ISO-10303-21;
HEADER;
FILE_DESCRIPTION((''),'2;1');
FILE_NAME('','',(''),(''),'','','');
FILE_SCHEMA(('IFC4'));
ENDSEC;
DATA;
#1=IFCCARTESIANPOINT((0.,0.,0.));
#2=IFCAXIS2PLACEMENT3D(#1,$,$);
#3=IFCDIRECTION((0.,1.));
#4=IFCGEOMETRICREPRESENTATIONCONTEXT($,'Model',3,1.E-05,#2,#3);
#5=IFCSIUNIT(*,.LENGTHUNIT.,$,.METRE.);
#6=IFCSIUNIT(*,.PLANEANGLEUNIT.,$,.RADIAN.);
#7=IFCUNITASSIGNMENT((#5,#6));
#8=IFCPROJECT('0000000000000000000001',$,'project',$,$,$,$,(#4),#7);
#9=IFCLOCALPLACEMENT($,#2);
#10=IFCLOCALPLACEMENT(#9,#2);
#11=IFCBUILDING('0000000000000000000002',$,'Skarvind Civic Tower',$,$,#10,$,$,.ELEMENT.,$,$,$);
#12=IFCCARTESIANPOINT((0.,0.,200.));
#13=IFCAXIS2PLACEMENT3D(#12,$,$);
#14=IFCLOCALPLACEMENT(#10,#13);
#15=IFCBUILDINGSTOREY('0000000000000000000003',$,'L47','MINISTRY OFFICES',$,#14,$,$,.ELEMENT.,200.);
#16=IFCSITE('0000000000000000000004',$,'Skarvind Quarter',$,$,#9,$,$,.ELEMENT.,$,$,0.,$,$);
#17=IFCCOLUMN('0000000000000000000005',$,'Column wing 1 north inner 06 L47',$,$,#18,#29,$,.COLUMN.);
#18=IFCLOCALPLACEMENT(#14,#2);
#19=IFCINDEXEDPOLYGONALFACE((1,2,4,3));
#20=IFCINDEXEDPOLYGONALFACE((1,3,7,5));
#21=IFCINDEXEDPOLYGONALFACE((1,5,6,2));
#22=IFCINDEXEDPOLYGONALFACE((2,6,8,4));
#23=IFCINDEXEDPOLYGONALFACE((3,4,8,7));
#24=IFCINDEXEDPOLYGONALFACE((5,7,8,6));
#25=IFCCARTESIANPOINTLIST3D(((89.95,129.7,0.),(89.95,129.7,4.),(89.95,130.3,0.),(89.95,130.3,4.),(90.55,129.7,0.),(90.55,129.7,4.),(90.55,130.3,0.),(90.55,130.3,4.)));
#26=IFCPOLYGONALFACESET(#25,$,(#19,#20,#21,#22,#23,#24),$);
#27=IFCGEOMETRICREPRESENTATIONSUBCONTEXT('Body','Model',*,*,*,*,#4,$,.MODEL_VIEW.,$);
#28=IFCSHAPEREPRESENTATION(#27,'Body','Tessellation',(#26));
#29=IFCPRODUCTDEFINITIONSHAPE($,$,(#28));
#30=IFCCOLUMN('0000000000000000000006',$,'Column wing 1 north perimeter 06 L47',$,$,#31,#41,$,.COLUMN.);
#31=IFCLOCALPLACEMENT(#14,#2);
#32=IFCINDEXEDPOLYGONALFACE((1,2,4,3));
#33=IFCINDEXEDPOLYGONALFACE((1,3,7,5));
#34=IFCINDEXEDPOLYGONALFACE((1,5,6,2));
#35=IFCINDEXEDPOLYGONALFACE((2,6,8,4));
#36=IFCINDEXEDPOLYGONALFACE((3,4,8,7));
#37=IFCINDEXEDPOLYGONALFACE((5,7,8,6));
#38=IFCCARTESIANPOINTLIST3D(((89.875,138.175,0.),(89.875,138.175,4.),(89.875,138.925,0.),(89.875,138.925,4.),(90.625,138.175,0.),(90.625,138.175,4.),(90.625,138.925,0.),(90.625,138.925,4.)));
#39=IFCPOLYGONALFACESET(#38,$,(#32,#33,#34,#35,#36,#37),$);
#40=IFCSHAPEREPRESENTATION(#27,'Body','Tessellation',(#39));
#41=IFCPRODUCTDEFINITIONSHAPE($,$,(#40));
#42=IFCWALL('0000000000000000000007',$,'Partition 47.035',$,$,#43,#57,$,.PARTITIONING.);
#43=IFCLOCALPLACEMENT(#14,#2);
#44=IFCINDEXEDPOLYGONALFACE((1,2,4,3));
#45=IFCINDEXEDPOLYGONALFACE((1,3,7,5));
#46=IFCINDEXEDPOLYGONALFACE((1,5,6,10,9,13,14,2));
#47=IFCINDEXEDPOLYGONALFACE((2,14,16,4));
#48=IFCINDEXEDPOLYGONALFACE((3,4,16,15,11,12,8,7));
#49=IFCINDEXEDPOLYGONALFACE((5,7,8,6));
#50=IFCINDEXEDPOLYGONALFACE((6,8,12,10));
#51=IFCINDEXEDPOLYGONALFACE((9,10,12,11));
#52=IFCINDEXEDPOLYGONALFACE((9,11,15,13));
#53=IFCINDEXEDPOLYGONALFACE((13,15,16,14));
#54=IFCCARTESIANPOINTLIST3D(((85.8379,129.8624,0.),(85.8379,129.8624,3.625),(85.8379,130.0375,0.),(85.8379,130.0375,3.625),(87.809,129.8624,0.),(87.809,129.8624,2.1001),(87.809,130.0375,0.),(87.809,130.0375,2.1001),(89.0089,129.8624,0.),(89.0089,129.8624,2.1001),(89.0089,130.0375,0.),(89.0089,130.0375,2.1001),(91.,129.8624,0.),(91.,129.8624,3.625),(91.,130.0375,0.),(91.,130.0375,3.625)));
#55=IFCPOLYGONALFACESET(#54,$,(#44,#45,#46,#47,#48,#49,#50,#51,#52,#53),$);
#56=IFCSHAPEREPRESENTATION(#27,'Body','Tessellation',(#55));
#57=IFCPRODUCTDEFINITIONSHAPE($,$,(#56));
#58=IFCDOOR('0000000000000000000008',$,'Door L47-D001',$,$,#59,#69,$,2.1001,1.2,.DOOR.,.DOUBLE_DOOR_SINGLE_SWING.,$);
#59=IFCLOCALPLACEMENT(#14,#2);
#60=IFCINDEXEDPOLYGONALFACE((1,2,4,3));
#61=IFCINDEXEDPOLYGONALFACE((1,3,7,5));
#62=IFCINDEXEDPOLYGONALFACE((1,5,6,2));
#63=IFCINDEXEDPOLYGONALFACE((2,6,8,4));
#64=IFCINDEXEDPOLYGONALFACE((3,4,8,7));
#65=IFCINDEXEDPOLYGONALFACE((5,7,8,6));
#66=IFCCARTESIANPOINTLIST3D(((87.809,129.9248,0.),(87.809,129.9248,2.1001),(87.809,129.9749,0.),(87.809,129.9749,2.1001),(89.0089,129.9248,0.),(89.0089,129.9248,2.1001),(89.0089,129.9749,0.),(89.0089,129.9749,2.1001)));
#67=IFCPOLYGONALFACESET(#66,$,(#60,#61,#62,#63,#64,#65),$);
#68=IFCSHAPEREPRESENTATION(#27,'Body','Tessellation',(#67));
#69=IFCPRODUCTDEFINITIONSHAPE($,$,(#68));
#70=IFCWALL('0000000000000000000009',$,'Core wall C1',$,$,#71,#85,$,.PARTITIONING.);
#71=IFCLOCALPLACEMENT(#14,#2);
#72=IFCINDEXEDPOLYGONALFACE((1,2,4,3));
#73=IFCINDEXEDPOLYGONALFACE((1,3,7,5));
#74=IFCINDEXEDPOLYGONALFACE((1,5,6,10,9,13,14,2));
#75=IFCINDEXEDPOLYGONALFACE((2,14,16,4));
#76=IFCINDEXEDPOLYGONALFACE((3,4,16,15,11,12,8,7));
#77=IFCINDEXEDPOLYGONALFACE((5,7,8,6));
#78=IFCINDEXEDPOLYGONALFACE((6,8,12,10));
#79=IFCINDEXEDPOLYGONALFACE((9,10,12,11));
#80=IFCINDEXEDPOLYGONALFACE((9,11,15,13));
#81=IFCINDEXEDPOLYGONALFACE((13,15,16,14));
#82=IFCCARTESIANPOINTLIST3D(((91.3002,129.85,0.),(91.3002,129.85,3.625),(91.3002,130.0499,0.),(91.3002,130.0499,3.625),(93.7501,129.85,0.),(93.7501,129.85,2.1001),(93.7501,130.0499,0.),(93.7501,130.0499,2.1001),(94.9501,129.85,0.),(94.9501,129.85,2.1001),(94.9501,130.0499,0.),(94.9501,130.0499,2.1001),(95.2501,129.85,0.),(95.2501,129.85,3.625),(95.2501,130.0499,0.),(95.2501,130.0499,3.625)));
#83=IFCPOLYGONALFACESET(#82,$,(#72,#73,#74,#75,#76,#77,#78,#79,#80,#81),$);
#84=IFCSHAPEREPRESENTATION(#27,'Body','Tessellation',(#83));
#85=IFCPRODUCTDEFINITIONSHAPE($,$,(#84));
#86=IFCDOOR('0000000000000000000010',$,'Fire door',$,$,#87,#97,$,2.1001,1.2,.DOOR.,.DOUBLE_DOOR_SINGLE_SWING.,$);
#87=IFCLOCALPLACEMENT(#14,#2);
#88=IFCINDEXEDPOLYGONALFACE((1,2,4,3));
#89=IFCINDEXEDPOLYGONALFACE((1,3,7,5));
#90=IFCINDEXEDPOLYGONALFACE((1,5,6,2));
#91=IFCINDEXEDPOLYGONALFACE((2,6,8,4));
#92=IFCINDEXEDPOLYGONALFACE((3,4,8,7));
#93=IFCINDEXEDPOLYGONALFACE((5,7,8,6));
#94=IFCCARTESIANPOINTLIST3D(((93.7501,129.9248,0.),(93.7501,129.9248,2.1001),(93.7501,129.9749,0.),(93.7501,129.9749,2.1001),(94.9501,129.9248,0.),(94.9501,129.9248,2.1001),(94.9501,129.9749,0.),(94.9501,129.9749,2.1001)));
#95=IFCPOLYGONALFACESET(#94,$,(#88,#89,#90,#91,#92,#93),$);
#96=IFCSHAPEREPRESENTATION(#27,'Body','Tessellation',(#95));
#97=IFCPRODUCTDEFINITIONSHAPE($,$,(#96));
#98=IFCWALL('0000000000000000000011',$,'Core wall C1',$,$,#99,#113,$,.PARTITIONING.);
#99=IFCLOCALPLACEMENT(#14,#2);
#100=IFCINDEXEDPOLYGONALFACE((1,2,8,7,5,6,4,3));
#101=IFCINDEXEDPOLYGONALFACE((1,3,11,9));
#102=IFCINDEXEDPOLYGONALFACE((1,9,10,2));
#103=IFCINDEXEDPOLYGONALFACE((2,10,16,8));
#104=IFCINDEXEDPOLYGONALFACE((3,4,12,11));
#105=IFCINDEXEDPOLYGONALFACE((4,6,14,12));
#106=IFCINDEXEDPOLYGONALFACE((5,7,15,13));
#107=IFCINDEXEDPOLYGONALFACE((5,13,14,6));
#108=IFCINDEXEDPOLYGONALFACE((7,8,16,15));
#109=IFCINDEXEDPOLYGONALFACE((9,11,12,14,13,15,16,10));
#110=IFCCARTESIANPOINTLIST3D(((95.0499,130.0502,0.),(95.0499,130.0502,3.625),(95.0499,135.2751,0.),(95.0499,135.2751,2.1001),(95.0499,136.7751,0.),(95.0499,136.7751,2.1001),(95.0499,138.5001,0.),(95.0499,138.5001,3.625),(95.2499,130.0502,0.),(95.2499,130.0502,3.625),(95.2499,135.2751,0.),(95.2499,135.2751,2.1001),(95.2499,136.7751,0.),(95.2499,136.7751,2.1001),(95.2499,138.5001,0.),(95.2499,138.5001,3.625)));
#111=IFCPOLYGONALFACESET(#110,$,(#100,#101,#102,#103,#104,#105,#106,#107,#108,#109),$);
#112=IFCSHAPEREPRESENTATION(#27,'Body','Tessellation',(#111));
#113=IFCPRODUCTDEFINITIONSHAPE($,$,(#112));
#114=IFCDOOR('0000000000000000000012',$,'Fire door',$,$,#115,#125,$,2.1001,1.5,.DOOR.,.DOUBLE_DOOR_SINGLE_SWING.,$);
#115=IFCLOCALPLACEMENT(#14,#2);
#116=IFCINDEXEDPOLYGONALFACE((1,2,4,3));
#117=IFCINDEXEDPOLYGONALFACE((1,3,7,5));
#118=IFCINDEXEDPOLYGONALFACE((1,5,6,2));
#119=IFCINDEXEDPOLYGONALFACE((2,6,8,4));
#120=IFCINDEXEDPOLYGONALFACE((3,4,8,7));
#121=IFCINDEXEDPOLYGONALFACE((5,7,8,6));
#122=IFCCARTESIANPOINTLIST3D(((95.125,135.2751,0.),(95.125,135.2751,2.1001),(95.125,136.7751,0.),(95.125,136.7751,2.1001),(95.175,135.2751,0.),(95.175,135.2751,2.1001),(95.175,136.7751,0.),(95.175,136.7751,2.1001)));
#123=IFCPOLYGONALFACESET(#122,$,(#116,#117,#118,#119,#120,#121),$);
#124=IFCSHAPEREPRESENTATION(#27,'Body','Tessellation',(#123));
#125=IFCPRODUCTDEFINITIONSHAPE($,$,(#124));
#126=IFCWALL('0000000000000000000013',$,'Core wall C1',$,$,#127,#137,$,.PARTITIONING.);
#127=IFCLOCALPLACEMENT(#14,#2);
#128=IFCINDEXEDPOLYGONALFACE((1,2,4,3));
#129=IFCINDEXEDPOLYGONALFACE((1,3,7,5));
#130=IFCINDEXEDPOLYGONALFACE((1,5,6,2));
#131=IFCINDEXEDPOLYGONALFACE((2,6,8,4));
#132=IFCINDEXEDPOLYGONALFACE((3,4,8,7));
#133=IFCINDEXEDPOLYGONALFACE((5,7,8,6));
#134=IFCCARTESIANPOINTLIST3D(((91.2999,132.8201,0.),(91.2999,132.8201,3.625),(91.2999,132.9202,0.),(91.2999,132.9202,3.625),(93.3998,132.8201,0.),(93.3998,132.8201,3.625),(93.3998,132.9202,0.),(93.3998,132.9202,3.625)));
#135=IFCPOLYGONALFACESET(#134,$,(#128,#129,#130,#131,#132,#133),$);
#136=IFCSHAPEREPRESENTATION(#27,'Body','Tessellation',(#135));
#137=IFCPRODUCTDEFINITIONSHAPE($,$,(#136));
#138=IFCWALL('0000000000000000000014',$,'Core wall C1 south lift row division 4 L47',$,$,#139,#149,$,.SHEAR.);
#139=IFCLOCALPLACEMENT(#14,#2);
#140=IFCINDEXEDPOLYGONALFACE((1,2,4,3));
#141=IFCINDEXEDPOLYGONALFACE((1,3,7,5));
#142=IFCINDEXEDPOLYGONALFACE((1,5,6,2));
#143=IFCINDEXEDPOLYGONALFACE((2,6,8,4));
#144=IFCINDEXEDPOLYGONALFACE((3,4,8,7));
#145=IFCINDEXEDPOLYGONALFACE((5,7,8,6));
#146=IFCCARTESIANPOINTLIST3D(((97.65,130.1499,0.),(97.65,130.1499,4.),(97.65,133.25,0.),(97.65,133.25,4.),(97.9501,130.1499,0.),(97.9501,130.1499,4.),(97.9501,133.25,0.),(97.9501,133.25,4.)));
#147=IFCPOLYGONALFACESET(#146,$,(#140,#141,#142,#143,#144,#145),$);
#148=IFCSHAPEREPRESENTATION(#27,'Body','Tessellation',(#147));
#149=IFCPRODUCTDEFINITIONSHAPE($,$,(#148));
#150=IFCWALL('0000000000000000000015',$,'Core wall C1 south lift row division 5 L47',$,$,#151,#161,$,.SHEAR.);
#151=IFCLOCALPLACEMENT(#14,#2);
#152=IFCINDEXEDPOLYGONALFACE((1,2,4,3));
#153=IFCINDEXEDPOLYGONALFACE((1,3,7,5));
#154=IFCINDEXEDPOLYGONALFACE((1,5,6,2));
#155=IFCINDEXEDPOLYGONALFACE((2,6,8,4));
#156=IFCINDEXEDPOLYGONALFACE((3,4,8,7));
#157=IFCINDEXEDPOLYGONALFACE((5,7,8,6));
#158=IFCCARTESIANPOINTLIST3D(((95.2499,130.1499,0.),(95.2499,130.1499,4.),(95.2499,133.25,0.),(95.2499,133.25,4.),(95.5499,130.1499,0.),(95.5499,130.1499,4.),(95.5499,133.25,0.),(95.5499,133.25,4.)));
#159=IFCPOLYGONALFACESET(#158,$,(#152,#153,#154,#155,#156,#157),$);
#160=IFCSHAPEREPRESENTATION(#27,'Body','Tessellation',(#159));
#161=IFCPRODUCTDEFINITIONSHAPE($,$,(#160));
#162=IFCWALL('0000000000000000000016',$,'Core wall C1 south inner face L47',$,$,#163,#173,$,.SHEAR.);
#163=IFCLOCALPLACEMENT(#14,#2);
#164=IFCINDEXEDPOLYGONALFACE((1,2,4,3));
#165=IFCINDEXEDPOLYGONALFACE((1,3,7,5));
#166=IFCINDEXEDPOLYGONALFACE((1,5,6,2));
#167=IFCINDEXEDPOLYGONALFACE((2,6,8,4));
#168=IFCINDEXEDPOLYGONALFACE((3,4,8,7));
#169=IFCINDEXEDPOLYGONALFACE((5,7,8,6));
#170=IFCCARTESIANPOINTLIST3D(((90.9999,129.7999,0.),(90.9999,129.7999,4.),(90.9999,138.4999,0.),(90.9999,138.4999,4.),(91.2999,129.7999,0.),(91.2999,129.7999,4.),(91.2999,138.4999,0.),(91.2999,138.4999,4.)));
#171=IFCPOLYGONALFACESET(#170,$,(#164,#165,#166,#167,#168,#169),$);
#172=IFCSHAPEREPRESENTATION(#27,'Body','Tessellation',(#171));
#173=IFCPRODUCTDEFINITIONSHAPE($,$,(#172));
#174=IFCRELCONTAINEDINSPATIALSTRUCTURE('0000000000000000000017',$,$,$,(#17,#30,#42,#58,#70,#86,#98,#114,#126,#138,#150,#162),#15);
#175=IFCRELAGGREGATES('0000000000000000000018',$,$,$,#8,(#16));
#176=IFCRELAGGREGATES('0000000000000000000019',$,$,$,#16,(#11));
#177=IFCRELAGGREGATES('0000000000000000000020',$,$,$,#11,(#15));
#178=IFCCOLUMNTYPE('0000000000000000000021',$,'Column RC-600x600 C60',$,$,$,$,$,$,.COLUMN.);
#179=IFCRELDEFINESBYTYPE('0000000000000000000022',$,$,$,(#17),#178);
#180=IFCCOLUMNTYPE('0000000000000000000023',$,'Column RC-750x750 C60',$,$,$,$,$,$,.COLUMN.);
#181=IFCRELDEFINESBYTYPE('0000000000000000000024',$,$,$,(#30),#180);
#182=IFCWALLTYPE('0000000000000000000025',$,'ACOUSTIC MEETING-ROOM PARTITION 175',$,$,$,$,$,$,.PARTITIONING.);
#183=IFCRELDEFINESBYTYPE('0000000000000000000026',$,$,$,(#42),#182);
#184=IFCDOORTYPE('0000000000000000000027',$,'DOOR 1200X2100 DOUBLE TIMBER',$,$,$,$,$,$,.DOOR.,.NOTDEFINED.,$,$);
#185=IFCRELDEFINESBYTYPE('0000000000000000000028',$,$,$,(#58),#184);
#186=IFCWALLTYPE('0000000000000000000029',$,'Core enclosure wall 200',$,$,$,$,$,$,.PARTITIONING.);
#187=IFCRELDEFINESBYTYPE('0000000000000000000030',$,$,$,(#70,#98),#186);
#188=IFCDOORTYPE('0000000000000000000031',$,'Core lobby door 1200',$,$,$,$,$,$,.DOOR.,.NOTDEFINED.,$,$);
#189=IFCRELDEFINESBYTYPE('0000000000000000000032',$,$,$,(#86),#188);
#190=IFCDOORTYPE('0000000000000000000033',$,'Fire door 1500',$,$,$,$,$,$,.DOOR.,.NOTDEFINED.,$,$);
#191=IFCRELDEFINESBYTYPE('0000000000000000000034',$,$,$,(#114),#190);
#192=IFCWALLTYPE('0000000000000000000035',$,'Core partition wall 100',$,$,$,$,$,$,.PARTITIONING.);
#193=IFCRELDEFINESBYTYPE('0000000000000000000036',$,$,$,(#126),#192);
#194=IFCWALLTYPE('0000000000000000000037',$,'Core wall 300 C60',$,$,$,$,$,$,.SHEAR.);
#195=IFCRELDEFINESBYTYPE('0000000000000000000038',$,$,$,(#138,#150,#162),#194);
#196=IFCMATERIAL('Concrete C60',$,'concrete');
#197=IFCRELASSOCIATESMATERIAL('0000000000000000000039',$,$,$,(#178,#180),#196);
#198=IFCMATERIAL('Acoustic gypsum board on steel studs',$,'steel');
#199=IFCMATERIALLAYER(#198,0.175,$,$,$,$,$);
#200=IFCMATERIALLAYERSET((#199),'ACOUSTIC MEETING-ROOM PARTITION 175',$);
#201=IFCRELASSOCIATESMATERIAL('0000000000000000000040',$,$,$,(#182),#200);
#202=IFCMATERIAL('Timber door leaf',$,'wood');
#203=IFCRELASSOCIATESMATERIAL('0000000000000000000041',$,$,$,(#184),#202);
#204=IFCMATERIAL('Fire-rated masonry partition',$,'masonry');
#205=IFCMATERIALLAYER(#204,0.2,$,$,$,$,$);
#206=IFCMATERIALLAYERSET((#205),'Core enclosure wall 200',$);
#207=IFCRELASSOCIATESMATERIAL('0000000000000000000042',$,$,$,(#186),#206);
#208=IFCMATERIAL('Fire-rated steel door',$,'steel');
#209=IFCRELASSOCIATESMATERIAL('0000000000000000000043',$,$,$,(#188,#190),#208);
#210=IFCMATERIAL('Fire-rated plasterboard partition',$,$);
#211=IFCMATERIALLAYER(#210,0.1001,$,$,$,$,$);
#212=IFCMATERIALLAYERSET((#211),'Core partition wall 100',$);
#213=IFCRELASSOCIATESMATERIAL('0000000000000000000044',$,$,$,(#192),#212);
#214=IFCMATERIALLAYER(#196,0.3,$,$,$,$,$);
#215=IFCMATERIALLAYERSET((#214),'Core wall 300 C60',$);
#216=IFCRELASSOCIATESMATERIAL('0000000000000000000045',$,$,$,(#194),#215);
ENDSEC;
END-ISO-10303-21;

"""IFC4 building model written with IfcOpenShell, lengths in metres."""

from ifc_helpers import new_model, si_unit, direction, frame, frame_2d, origin, origin_2d, place, context, subcontext, project, spatial, rectangle, extrude, material, layer, layer_set, material_profile, profile_set, type_object, element, fill, save


model = new_model("IFC4")

# Units and contexts
model_context = context("Model", 3, precision=1e-05, world=origin(), true_north=direction((0.0, 1.0)))
body_context = subcontext(model_context, "Body", "Model", "MODEL_VIEW")
ifc_project = project(units=[si_unit("LENGTHUNIT", "METRE"), si_unit("PLANEANGLEUNIT", "RADIAN")], contexts=[model_context])

# Site, building, storey
site_placement = place(None, origin())
site = spatial("IfcSite", under=ifc_project, at=site_placement, Name="Skarvind Quarter", CompositionType="ELEMENT", RefElevation=0.0)
building_placement = place(site_placement, origin())
building = spatial("IfcBuilding", under=site, at=building_placement, Name="Skarvind Civic Tower", CompositionType="ELEMENT")
storey_placement = place(building_placement, frame((0.0, 0.0, 200.0)))
storey = spatial("IfcBuildingStorey", under=building, at=storey_placement, Name="L47", Description="MINISTRY OFFICES", CompositionType="ELEMENT", Elevation=200.0)

# Columns
ifc_material_1 = material(Name="Concrete C60", Category="concrete")
ifc_material_profile_1 = material_profile(ifc_material_1, rectangle(XDim=0.6001, YDim=0.6001, at=origin_2d()), Name="RC-600x600")
ifc_profile_set_1 = profile_set([ifc_material_profile_1], Name="Concrete C60")
column_type_1 = type_object("IfcColumnType", Name="Column RC-600x600 C60", PredefinedType="COLUMN", material=ifc_profile_set_1)
column_1_placement = place(storey_placement, frame((90.25, 130.0, 0.0), z_axis=(0.0, 0.0, 1.0), x_axis=(1.0, 0.0, 0.0)))
element("IfcColumn", 1, at=column_1_placement, inside=storey, type_object=column_type_1, Name="Column wing 1 north inner 06 L47", PredefinedType="COLUMN", context=body_context, shape_type="SweptSolid", body=[
    extrude(rectangle(XDim=0.6001, YDim=0.6001, at=origin_2d()), origin(), (0.0, 0.0, 1.0), 4.0),
])
ifc_material_profile_2 = material_profile(ifc_material_1, rectangle(XDim=0.75, YDim=0.75, at=origin_2d()), Name="RC-750x750")
ifc_profile_set_2 = profile_set([ifc_material_profile_2], Name="Concrete C60")
column_type_2 = type_object("IfcColumnType", Name="Column RC-750x750 C60", PredefinedType="COLUMN", material=ifc_profile_set_2)
column_2_placement = place(storey_placement, frame((90.25, 138.55, 0.0), z_axis=(0.0, 0.0, 1.0), x_axis=(1.0, 0.0, 0.0)))
element("IfcColumn", 2, at=column_2_placement, inside=storey, type_object=column_type_2, Name="Column wing 1 north perimeter 06 L47", PredefinedType="COLUMN", context=body_context, shape_type="SweptSolid", body=[
    extrude(rectangle(XDim=0.75, YDim=0.75, at=origin_2d()), origin(), (0.0, 0.0, 1.0), 4.0),
])

# Walls, openings, doors
ifc_material_2 = material(Name="Acoustic gypsum board on steel studs", Category="steel")
ifc_layer_1 = layer(ifc_material_2, 0.175)
ifc_layer_set_1 = layer_set([ifc_layer_1], Name="ACOUSTIC MEETING-ROOM PARTITION 175")
wall_type_1 = type_object("IfcWallType", Name="ACOUSTIC MEETING-ROOM PARTITION 175", PredefinedType="PARTITIONING", material=ifc_layer_set_1)
wall_1_placement = place(storey_placement, frame((85.8379, 129.95, 0.0), z_axis=(0.0, 0.0, 1.0), x_axis=(1.0, 0.0, 0.0)))
wall_1 = element("IfcWall", 3, at=wall_1_placement, inside=storey, type_object=wall_type_1, Name="Partition 47.035", PredefinedType="PARTITIONING", context=body_context, shape_type="SweptSolid", body=[
    extrude(rectangle(XDim=5.1621, YDim=0.175, at=frame_2d((2.5811, 0.0))), origin(), (0.0, 0.0, 1.0), 3.625),
])
opening_1_placement = place(wall_1_placement, frame((1.9709, 0.0, 0.0)))
opening_1 = element("IfcOpeningElement", 4, at=opening_1_placement, cuts=wall_1, PredefinedType="OPENING", context=body_context, shape_type="SweptSolid", body=[
    extrude(rectangle(XDim=1.2, YDim=2.1001, at=frame_2d((0.6001, 1.05))), frame((0.0, 0.0974, 0.0), z_axis=(0.0, -1.0, 0.0), x_axis=(1.0, 0.0, 0.0)), (0.0, 0.0, 1.0), 0.1951),
])
ifc_material_3 = material(Name="Timber door leaf", Category="wood")
door_type_1 = type_object("IfcDoorType", Name="DOOR 1200X2100 DOUBLE TIMBER", OperationType="NOTDEFINED", PredefinedType="DOOR", material=ifc_material_3)
door_1_placement = place(opening_1_placement, origin())
door_1 = element("IfcDoor", 5, at=door_1_placement, inside=storey, type_object=door_type_1, Name="Door L47-D001", OperationType="DOUBLE_DOOR_SINGLE_SWING", OverallHeight=2.1001, OverallWidth=1.2, PredefinedType="DOOR", context=body_context, shape_type="SweptSolid", body=[
    extrude(rectangle(XDim=1.2, YDim=2.1001, at=frame_2d((0.6001, 1.05))), frame((0.0, 0.0249, 0.0), z_axis=(0.0, -1.0, 0.0), x_axis=(1.0, 0.0, 0.0)), (0.0, 0.0, 1.0), 0.05),
])
fill(opening_1, door_1)
ifc_material_4 = material(Name="Fire-rated masonry partition", Category="masonry")
ifc_layer_2 = layer(ifc_material_4, 0.2)
ifc_layer_set_2 = layer_set([ifc_layer_2], Name="Core enclosure wall 200")
wall_type_2 = type_object("IfcWallType", Name="Core enclosure wall 200", PredefinedType="PARTITIONING", material=ifc_layer_set_2)
wall_2_placement = place(storey_placement, frame((91.3, 129.95, 0.0), z_axis=(0.0, 0.0, 1.0), x_axis=(1.0, 0.0, 0.0)))
wall_2 = element("IfcWall", 6, at=wall_2_placement, inside=storey, type_object=wall_type_2, Name="Core wall C1", PredefinedType="PARTITIONING", context=body_context, shape_type="SweptSolid", body=[
    extrude(rectangle(XDim=3.95, YDim=0.2, at=frame_2d((1.9751, 0.0))), origin(), (0.0, 0.0, 1.0), 3.625),
])
opening_2_placement = place(wall_2_placement, frame((2.45, 0.0, 0.0)))
opening_2 = element("IfcOpeningElement", 7, at=opening_2_placement, cuts=wall_2, PredefinedType="OPENING", context=body_context, shape_type="SweptSolid", body=[
    extrude(rectangle(XDim=1.2, YDim=2.1001, at=frame_2d((0.6001, 1.05))), frame((0.0, 0.1099, 0.0), z_axis=(0.0, -1.0, 0.0), x_axis=(1.0, 0.0, 0.0)), (0.0, 0.0, 1.0), 0.22),
])
ifc_material_5 = material(Name="Fire-rated steel door", Category="steel")
door_type_2 = type_object("IfcDoorType", Name="Core lobby door 1200", OperationType="NOTDEFINED", PredefinedType="DOOR", material=ifc_material_5)
door_2_placement = place(opening_2_placement, origin())
door_2 = element("IfcDoor", 8, at=door_2_placement, inside=storey, type_object=door_type_2, Name="Fire door", OperationType="DOUBLE_DOOR_SINGLE_SWING", OverallHeight=2.1001, OverallWidth=1.2, PredefinedType="DOOR", context=body_context, shape_type="SweptSolid", body=[
    extrude(rectangle(XDim=1.2, YDim=2.1001, at=frame_2d((0.6001, 1.05))), frame((0.0, 0.0249, 0.0), z_axis=(0.0, -1.0, 0.0), x_axis=(1.0, 0.0, 0.0)), (0.0, 0.0, 1.0), 0.05),
])
fill(opening_2, door_2)
wall_3_placement = place(storey_placement, frame((95.1499, 130.05, 0.0), z_axis=(0.0, 0.0, 1.0), x_axis=(0.0, 1.0, 0.0)))
wall_3 = element("IfcWall", 9, at=wall_3_placement, inside=storey, type_object=wall_type_2, Name="Core wall C1", PredefinedType="PARTITIONING", context=body_context, shape_type="SweptSolid", body=[
    extrude(rectangle(XDim=8.45, YDim=0.2, at=frame_2d((4.2251, 0.0))), origin(), (0.0, 0.0, 1.0), 3.625),
])
opening_3_placement = place(wall_3_placement, frame((5.2251, 0.0, 0.0)))
opening_3 = element("IfcOpeningElement", 10, at=opening_3_placement, cuts=wall_3, PredefinedType="OPENING", context=body_context, shape_type="SweptSolid", body=[
    extrude(rectangle(XDim=1.5, YDim=2.1001, at=frame_2d((0.75, 1.05))), frame((0.0, 0.1099, 0.0), z_axis=(0.0, -1.0, 0.0), x_axis=(1.0, 0.0, 0.0)), (0.0, 0.0, 1.0), 0.22),
])
door_type_3 = type_object("IfcDoorType", Name="Fire door 1500", OperationType="NOTDEFINED", PredefinedType="DOOR", material=ifc_material_5)
door_3_placement = place(opening_3_placement, origin())
door_3 = element("IfcDoor", 11, at=door_3_placement, inside=storey, type_object=door_type_3, Name="Fire door", OperationType="DOUBLE_DOOR_SINGLE_SWING", OverallHeight=2.1001, OverallWidth=1.5, PredefinedType="DOOR", context=body_context, shape_type="SweptSolid", body=[
    extrude(rectangle(XDim=1.5, YDim=2.1001, at=frame_2d((0.75, 1.05))), frame((0.0, 0.0249, 0.0), z_axis=(0.0, -1.0, 0.0), x_axis=(1.0, 0.0, 0.0)), (0.0, 0.0, 1.0), 0.05),
])
fill(opening_3, door_3)

# Walls
ifc_material_6 = material(Name="Fire-rated plasterboard partition")
ifc_layer_3 = layer(ifc_material_6, 0.1001)
ifc_layer_set_3 = layer_set([ifc_layer_3], Name="Core partition wall 100")
wall_type_3 = type_object("IfcWallType", Name="Core partition wall 100", PredefinedType="PARTITIONING", material=ifc_layer_set_3)
wall_4_placement = place(storey_placement, frame((91.3, 132.8701, 0.0), z_axis=(0.0, 0.0, 1.0), x_axis=(1.0, 0.0, 0.0)))
element("IfcWall", 12, at=wall_4_placement, inside=storey, type_object=wall_type_3, Name="Core wall C1", PredefinedType="PARTITIONING", context=body_context, shape_type="SweptSolid", body=[
    extrude(rectangle(XDim=2.0999, YDim=0.1001, at=frame_2d((1.0498, 0.0))), origin(), (0.0, 0.0, 1.0), 3.625),
])
ifc_layer_4 = layer(ifc_material_1, 0.3)
ifc_layer_set_4 = layer_set([ifc_layer_4], Name="Core wall 300 C60")
wall_type_4 = type_object("IfcWallType", Name="Core wall 300 C60", PredefinedType="SHEAR", material=ifc_layer_set_4)
for number, where, z_axis, x_axis, name in (
    (13, (97.8, 133.25, 0.0), (0.0, 0.0, 1.0), (0.0, -1.0, 0.0), "Core wall C1 south lift row division 4 L47"),
    (14, (95.3999, 133.25, 0.0), (0.0, 0.0, 1.0), (0.0, -1.0, 0.0), "Core wall C1 south lift row division 5 L47"),
):
    element("IfcWall", number, at=place(storey_placement, frame(where, z_axis=z_axis, x_axis=x_axis)), inside=storey, type_object=wall_type_4, Name=name, PredefinedType="SHEAR", context=body_context, shape_type="SweptSolid", body=[
        extrude(rectangle(XDim=3.1001, YDim=0.3, at=frame_2d((1.55, 0.0))), origin(), (0.0, 0.0, 1.0), 4.0),
    ])
wall_5_placement = place(storey_placement, frame((91.1499, 138.5, 0.0), z_axis=(0.0, 0.0, 1.0), x_axis=(0.0, -1.0, 0.0)))
element("IfcWall", 15, at=wall_5_placement, inside=storey, type_object=wall_type_4, Name="Core wall C1 south inner face L47", PredefinedType="SHEAR", context=body_context, shape_type="SweptSolid", body=[
    extrude(rectangle(XDim=8.7, YDim=0.3, at=frame_2d((4.3501, 0.0))), origin(), (0.0, 0.0, 1.0), 4.0),
])

save(model, "model.ifc")
